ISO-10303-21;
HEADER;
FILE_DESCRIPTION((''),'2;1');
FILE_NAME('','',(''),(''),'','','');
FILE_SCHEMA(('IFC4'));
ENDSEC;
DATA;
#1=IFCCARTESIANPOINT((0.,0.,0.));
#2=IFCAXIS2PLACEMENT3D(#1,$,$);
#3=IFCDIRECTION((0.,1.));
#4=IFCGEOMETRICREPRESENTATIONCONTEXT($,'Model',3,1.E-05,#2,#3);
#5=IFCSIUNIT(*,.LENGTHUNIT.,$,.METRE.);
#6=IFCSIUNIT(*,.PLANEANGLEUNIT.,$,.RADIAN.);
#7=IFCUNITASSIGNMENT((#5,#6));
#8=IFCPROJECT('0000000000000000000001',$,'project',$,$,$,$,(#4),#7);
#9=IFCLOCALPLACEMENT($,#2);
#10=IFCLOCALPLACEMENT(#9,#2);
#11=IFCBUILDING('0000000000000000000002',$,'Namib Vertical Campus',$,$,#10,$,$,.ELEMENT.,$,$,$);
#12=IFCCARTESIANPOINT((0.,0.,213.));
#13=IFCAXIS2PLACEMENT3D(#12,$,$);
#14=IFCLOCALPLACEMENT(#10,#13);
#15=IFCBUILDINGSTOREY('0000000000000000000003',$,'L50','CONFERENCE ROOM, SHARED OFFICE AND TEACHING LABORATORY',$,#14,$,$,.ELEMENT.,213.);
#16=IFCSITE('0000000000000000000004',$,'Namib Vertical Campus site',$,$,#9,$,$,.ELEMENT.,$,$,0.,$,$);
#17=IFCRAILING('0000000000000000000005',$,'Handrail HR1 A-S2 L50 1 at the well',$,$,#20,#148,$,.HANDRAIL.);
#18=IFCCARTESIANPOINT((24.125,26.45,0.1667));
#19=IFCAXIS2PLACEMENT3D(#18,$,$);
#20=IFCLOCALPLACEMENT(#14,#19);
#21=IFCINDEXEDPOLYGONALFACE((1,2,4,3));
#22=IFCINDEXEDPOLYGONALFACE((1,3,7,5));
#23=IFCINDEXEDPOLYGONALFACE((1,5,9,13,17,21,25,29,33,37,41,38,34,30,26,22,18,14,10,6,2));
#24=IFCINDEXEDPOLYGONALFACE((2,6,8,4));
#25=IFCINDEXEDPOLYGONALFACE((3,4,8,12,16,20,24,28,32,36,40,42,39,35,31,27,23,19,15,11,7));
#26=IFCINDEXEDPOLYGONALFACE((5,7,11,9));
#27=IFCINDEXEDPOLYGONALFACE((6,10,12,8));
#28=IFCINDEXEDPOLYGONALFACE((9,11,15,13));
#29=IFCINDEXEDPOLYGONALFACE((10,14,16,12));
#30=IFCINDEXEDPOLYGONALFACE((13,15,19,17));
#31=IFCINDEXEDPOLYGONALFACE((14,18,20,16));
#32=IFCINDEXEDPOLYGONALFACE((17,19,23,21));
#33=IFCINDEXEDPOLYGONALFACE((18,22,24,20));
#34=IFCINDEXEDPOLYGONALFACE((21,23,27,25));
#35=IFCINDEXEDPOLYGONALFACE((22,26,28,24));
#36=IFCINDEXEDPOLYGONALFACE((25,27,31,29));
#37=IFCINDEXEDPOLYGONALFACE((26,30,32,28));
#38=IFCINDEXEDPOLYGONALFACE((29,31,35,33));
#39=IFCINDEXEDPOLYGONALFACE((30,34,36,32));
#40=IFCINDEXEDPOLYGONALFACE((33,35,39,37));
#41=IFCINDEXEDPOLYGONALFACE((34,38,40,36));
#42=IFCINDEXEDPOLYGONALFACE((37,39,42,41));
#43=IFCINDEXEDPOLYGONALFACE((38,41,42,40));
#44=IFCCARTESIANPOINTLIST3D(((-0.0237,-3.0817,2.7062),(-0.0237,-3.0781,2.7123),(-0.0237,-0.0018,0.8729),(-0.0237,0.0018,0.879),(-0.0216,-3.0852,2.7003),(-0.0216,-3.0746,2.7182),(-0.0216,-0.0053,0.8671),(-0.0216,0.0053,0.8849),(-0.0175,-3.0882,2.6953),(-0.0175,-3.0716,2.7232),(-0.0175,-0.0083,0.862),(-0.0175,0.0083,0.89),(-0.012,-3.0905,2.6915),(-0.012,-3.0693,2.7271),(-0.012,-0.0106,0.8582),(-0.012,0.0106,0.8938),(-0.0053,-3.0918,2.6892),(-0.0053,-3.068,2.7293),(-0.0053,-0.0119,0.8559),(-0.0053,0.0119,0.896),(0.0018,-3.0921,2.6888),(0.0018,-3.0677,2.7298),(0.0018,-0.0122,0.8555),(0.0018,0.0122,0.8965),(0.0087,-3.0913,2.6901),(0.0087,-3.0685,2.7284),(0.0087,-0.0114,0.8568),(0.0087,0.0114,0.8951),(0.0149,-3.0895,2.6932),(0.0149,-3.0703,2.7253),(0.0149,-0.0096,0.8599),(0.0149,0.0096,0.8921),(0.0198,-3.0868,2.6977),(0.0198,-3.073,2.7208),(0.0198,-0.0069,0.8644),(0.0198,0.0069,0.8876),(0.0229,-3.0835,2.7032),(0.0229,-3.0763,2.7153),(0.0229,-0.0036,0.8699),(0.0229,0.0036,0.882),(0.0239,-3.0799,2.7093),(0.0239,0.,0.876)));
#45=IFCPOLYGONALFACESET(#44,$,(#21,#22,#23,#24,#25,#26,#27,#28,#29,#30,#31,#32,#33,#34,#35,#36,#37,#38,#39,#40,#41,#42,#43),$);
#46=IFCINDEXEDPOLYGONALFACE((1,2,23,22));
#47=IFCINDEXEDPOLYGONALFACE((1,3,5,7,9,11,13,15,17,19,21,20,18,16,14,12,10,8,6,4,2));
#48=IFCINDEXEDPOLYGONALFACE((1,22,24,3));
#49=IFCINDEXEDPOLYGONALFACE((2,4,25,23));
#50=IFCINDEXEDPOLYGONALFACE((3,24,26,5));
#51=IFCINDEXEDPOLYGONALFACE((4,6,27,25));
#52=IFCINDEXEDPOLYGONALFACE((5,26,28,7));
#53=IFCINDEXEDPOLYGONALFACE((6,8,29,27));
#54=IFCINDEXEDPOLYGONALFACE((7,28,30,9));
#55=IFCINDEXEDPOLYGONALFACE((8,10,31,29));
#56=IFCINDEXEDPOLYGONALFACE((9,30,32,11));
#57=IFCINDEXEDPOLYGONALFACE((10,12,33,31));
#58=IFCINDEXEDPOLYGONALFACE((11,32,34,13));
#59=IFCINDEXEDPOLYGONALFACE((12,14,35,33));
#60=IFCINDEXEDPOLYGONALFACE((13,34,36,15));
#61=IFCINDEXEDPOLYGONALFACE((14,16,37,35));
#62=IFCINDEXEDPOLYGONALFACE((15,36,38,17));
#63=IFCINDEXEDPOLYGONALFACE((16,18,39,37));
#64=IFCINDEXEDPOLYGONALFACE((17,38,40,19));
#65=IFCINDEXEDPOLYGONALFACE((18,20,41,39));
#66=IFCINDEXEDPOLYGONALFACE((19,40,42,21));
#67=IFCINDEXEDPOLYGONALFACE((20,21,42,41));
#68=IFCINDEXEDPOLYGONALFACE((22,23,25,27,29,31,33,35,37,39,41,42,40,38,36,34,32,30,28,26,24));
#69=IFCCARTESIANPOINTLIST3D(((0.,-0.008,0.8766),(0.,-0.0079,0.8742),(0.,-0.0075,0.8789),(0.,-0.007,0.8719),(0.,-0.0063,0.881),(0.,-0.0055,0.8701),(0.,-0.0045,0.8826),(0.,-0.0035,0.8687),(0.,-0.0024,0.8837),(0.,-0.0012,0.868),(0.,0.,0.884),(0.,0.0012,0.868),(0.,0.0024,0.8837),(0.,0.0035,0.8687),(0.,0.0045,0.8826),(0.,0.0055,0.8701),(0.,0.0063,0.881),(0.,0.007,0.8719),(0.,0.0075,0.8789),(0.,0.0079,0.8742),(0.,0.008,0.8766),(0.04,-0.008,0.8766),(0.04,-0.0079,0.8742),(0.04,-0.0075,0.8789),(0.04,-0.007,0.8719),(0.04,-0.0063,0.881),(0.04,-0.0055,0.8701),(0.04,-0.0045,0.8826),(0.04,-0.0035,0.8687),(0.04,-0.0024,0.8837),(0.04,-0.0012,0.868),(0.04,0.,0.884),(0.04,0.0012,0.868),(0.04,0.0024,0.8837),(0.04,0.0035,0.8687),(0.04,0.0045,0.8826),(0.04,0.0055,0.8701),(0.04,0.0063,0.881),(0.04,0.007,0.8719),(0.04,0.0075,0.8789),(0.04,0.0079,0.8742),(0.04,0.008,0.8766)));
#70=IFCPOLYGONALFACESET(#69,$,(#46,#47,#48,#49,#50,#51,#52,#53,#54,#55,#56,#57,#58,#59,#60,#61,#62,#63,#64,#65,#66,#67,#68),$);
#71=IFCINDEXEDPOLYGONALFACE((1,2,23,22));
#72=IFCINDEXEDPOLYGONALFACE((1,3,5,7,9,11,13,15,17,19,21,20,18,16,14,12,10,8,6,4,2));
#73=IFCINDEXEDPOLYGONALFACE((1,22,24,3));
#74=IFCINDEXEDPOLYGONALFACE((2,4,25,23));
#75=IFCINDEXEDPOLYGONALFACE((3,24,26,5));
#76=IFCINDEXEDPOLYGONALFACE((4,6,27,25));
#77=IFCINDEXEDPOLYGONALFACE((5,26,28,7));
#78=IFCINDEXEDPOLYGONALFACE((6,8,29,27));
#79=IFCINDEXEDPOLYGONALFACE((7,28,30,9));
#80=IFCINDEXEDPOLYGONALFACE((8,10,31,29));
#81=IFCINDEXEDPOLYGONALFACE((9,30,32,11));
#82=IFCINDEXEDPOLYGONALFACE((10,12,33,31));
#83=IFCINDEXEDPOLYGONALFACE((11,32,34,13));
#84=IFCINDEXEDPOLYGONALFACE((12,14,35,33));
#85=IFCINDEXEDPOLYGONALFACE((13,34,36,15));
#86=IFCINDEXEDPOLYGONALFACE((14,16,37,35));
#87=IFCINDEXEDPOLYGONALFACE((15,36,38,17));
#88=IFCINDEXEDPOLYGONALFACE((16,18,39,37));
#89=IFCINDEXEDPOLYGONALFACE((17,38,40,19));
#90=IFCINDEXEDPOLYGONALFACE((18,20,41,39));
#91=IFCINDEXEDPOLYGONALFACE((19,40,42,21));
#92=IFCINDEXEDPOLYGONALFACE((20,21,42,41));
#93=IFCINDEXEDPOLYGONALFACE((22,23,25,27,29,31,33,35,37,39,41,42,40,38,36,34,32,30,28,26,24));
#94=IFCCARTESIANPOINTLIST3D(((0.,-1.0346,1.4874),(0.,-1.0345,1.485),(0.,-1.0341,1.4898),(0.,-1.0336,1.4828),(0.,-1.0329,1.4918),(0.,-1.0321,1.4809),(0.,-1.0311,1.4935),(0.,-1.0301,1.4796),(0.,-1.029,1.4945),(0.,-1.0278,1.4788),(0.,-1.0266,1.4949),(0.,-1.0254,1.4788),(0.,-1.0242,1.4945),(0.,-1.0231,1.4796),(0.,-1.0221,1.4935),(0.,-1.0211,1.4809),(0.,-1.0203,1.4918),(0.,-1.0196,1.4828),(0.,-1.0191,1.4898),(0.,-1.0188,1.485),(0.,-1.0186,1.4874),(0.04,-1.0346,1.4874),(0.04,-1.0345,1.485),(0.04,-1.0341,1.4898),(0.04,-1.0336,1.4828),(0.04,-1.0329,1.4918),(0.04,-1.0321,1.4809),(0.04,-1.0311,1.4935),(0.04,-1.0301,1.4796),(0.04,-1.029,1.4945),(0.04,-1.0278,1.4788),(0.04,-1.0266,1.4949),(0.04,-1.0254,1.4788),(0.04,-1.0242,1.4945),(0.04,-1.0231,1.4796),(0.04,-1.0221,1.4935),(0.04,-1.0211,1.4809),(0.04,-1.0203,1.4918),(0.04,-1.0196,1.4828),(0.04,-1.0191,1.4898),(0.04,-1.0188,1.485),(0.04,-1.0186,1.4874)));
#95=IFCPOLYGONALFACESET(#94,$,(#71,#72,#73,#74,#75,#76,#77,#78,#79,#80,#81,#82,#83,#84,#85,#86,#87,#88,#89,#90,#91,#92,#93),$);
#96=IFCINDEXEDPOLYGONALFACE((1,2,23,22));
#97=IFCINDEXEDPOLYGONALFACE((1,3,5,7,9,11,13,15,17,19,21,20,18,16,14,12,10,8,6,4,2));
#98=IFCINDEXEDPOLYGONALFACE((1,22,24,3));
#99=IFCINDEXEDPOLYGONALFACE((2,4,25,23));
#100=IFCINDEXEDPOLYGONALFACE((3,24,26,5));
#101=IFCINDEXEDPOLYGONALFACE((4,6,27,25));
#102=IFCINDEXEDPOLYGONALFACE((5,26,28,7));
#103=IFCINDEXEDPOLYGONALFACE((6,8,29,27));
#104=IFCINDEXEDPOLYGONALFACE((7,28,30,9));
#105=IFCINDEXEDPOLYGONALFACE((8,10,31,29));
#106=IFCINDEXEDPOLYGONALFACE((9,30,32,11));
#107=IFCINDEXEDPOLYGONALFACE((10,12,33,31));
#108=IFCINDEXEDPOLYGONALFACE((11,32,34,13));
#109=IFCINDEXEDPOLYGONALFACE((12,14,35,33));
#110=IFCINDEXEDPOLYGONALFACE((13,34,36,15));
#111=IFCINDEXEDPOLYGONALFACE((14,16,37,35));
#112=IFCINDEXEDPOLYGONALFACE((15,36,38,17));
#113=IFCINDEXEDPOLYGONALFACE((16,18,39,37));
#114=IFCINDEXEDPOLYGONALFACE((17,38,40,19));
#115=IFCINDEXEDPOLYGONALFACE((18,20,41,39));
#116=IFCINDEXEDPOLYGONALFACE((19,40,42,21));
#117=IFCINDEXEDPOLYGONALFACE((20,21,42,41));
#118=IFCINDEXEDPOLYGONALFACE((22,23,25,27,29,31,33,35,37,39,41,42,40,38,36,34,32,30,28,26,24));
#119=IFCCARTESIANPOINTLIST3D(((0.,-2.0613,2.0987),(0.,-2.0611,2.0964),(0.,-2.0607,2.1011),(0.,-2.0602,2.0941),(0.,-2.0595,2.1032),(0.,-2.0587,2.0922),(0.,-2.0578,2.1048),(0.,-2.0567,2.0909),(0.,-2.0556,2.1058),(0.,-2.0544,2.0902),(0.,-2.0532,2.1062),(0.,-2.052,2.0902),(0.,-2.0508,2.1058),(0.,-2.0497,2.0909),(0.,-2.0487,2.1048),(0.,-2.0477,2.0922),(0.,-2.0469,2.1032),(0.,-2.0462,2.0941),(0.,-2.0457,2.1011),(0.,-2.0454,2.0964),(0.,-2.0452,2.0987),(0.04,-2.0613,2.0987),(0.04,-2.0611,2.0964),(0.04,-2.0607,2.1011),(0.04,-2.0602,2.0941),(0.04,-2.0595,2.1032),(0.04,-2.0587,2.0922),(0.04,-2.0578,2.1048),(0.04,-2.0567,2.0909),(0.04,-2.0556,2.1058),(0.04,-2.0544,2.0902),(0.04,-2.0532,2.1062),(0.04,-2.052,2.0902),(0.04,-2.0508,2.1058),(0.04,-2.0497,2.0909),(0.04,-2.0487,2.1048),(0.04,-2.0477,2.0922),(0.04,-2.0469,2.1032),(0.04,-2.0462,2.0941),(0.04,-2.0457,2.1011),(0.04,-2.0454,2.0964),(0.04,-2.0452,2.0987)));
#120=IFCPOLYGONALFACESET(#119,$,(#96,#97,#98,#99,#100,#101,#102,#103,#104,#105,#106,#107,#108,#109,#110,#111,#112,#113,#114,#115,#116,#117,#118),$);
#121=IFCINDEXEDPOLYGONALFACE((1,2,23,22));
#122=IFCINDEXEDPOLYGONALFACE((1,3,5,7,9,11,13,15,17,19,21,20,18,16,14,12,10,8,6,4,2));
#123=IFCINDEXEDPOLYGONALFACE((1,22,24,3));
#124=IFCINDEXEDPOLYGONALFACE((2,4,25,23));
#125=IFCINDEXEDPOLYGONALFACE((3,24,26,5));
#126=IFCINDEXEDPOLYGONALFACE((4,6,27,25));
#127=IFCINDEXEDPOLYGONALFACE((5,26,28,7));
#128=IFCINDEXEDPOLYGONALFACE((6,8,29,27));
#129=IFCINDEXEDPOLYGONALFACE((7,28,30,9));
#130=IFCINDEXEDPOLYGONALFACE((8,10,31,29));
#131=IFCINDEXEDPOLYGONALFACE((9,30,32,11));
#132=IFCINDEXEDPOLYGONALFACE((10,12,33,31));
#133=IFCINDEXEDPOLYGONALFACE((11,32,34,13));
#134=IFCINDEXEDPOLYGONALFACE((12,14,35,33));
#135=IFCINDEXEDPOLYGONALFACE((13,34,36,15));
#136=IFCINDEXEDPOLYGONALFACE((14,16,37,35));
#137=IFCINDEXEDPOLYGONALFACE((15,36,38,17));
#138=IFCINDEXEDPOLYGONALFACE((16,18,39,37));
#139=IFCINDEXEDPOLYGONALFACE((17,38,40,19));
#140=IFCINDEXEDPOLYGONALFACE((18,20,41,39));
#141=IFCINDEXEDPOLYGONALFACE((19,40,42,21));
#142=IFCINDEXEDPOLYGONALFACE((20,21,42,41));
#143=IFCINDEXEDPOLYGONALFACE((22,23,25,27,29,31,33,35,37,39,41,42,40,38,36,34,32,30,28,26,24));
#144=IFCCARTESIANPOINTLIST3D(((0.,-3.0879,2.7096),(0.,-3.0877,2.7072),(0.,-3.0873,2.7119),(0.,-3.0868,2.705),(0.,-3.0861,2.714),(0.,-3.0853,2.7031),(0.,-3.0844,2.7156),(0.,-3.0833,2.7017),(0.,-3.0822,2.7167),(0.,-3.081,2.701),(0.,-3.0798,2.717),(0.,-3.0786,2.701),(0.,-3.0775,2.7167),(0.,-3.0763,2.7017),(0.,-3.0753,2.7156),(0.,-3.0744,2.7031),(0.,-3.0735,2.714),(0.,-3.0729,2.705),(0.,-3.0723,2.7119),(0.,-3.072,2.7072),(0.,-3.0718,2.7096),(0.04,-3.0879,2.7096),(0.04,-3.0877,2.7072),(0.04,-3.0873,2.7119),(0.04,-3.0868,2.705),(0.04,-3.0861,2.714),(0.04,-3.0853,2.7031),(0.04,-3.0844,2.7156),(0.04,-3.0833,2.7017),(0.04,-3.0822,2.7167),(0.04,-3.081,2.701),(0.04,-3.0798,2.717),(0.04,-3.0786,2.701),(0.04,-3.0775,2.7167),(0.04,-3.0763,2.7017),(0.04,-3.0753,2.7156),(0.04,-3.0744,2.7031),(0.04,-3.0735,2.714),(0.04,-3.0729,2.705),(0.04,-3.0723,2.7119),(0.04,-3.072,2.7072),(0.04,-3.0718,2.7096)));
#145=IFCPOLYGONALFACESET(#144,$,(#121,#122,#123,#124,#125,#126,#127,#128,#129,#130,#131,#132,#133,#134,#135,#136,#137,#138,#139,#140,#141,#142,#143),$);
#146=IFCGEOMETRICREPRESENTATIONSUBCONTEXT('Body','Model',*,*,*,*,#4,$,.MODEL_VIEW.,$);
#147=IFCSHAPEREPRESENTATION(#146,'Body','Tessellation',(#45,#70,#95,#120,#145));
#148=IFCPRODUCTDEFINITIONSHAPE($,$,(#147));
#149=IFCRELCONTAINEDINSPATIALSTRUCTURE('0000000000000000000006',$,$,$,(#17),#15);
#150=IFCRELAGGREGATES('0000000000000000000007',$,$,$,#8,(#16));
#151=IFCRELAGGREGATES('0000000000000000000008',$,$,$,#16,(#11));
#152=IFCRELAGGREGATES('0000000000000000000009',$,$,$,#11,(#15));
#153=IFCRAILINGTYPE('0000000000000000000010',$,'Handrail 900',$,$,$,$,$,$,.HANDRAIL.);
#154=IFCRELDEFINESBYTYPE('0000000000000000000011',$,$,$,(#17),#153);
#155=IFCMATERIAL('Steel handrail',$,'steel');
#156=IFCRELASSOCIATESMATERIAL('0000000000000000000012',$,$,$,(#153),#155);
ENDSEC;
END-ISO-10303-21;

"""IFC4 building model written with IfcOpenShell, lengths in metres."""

from ifc_helpers import new_model, si_unit, direction, frame, origin, origin_2d, place, context, subcontext, project, spatial, circle, extrude, material, type_object, element, save


model = new_model("IFC4")

# Units and contexts
model_context = context("Model", 3, precision=1e-05, world=origin(), true_north=direction((0.0, 1.0)))
body_context = subcontext(model_context, "Body", "Model", "MODEL_VIEW")
ifc_project = project(units=[si_unit("LENGTHUNIT", "METRE"), si_unit("PLANEANGLEUNIT", "RADIAN")], contexts=[model_context])

# Site, building, storey
site_placement = place(None, origin())
site = spatial("IfcSite", under=ifc_project, at=site_placement, Name="Namib Vertical Campus site", CompositionType="ELEMENT", RefElevation=0.0)
building_placement = place(site_placement, origin())
building = spatial("IfcBuilding", under=site, at=building_placement, Name="Namib Vertical Campus", CompositionType="ELEMENT")
storey_placement = place(building_placement, frame((0.0, 0.0, 213.0)))
storey = spatial("IfcBuildingStorey", under=building, at=storey_placement, Name="L50", Description="CONFERENCE ROOM, SHARED OFFICE AND TEACHING LABORATORY", CompositionType="ELEMENT", Elevation=213.0)

# Railing
ifc_material_1 = material(Name="Steel handrail", Category="steel")
railing_type_1 = type_object("IfcRailingType", Name="Handrail 900", PredefinedType="HANDRAIL", material=ifc_material_1)
railing_1_placement = place(storey_placement, frame((24.125, 26.45, 0.1667)))
element("IfcRailing", 1, at=railing_1_placement, inside=storey, type_object=railing_type_1, Name="Handrail HR1 A-S2 L50 1 at the well", PredefinedType="HANDRAIL", context=body_context, shape_type="SweptSolid", body=[
    extrude(circle(Radius=0.0239, at=origin_2d()), frame((0.0, 0.0, 0.876), z_axis=(0.0, -0.859291, 0.511487), x_axis=(1.0, 0.0, 0.0)), (0.0, 0.0, 1.0), 3.5842),
    extrude(circle(Radius=0.0081, at=origin_2d()), frame((0.0, 0.0, 0.876), z_axis=(1.0, 0.0, 0.0), x_axis=(0.0, 0.0, 1.0)), (0.0, 0.0, 1.0), 0.04),
    extrude(circle(Radius=0.0081, at=origin_2d()), frame((0.0, -1.0266, 1.4868), z_axis=(1.0, 0.0, 0.0), x_axis=(0.0, 0.0, 1.0)), (0.0, 0.0, 1.0), 0.04),
    extrude(circle(Radius=0.0081, at=origin_2d()), frame((0.0, -2.0532, 2.0981), z_axis=(1.0, 0.0, 0.0), x_axis=(0.0, 0.0, 1.0)), (0.0, 0.0, 1.0), 0.04),
    extrude(circle(Radius=0.0081, at=origin_2d()), frame((0.0, -3.0798, 2.709), z_axis=(1.0, 0.0, 0.0), x_axis=(0.0, 0.0, 1.0)), (0.0, 0.0, 1.0), 0.04),
])

save(model, "model.ifc")
